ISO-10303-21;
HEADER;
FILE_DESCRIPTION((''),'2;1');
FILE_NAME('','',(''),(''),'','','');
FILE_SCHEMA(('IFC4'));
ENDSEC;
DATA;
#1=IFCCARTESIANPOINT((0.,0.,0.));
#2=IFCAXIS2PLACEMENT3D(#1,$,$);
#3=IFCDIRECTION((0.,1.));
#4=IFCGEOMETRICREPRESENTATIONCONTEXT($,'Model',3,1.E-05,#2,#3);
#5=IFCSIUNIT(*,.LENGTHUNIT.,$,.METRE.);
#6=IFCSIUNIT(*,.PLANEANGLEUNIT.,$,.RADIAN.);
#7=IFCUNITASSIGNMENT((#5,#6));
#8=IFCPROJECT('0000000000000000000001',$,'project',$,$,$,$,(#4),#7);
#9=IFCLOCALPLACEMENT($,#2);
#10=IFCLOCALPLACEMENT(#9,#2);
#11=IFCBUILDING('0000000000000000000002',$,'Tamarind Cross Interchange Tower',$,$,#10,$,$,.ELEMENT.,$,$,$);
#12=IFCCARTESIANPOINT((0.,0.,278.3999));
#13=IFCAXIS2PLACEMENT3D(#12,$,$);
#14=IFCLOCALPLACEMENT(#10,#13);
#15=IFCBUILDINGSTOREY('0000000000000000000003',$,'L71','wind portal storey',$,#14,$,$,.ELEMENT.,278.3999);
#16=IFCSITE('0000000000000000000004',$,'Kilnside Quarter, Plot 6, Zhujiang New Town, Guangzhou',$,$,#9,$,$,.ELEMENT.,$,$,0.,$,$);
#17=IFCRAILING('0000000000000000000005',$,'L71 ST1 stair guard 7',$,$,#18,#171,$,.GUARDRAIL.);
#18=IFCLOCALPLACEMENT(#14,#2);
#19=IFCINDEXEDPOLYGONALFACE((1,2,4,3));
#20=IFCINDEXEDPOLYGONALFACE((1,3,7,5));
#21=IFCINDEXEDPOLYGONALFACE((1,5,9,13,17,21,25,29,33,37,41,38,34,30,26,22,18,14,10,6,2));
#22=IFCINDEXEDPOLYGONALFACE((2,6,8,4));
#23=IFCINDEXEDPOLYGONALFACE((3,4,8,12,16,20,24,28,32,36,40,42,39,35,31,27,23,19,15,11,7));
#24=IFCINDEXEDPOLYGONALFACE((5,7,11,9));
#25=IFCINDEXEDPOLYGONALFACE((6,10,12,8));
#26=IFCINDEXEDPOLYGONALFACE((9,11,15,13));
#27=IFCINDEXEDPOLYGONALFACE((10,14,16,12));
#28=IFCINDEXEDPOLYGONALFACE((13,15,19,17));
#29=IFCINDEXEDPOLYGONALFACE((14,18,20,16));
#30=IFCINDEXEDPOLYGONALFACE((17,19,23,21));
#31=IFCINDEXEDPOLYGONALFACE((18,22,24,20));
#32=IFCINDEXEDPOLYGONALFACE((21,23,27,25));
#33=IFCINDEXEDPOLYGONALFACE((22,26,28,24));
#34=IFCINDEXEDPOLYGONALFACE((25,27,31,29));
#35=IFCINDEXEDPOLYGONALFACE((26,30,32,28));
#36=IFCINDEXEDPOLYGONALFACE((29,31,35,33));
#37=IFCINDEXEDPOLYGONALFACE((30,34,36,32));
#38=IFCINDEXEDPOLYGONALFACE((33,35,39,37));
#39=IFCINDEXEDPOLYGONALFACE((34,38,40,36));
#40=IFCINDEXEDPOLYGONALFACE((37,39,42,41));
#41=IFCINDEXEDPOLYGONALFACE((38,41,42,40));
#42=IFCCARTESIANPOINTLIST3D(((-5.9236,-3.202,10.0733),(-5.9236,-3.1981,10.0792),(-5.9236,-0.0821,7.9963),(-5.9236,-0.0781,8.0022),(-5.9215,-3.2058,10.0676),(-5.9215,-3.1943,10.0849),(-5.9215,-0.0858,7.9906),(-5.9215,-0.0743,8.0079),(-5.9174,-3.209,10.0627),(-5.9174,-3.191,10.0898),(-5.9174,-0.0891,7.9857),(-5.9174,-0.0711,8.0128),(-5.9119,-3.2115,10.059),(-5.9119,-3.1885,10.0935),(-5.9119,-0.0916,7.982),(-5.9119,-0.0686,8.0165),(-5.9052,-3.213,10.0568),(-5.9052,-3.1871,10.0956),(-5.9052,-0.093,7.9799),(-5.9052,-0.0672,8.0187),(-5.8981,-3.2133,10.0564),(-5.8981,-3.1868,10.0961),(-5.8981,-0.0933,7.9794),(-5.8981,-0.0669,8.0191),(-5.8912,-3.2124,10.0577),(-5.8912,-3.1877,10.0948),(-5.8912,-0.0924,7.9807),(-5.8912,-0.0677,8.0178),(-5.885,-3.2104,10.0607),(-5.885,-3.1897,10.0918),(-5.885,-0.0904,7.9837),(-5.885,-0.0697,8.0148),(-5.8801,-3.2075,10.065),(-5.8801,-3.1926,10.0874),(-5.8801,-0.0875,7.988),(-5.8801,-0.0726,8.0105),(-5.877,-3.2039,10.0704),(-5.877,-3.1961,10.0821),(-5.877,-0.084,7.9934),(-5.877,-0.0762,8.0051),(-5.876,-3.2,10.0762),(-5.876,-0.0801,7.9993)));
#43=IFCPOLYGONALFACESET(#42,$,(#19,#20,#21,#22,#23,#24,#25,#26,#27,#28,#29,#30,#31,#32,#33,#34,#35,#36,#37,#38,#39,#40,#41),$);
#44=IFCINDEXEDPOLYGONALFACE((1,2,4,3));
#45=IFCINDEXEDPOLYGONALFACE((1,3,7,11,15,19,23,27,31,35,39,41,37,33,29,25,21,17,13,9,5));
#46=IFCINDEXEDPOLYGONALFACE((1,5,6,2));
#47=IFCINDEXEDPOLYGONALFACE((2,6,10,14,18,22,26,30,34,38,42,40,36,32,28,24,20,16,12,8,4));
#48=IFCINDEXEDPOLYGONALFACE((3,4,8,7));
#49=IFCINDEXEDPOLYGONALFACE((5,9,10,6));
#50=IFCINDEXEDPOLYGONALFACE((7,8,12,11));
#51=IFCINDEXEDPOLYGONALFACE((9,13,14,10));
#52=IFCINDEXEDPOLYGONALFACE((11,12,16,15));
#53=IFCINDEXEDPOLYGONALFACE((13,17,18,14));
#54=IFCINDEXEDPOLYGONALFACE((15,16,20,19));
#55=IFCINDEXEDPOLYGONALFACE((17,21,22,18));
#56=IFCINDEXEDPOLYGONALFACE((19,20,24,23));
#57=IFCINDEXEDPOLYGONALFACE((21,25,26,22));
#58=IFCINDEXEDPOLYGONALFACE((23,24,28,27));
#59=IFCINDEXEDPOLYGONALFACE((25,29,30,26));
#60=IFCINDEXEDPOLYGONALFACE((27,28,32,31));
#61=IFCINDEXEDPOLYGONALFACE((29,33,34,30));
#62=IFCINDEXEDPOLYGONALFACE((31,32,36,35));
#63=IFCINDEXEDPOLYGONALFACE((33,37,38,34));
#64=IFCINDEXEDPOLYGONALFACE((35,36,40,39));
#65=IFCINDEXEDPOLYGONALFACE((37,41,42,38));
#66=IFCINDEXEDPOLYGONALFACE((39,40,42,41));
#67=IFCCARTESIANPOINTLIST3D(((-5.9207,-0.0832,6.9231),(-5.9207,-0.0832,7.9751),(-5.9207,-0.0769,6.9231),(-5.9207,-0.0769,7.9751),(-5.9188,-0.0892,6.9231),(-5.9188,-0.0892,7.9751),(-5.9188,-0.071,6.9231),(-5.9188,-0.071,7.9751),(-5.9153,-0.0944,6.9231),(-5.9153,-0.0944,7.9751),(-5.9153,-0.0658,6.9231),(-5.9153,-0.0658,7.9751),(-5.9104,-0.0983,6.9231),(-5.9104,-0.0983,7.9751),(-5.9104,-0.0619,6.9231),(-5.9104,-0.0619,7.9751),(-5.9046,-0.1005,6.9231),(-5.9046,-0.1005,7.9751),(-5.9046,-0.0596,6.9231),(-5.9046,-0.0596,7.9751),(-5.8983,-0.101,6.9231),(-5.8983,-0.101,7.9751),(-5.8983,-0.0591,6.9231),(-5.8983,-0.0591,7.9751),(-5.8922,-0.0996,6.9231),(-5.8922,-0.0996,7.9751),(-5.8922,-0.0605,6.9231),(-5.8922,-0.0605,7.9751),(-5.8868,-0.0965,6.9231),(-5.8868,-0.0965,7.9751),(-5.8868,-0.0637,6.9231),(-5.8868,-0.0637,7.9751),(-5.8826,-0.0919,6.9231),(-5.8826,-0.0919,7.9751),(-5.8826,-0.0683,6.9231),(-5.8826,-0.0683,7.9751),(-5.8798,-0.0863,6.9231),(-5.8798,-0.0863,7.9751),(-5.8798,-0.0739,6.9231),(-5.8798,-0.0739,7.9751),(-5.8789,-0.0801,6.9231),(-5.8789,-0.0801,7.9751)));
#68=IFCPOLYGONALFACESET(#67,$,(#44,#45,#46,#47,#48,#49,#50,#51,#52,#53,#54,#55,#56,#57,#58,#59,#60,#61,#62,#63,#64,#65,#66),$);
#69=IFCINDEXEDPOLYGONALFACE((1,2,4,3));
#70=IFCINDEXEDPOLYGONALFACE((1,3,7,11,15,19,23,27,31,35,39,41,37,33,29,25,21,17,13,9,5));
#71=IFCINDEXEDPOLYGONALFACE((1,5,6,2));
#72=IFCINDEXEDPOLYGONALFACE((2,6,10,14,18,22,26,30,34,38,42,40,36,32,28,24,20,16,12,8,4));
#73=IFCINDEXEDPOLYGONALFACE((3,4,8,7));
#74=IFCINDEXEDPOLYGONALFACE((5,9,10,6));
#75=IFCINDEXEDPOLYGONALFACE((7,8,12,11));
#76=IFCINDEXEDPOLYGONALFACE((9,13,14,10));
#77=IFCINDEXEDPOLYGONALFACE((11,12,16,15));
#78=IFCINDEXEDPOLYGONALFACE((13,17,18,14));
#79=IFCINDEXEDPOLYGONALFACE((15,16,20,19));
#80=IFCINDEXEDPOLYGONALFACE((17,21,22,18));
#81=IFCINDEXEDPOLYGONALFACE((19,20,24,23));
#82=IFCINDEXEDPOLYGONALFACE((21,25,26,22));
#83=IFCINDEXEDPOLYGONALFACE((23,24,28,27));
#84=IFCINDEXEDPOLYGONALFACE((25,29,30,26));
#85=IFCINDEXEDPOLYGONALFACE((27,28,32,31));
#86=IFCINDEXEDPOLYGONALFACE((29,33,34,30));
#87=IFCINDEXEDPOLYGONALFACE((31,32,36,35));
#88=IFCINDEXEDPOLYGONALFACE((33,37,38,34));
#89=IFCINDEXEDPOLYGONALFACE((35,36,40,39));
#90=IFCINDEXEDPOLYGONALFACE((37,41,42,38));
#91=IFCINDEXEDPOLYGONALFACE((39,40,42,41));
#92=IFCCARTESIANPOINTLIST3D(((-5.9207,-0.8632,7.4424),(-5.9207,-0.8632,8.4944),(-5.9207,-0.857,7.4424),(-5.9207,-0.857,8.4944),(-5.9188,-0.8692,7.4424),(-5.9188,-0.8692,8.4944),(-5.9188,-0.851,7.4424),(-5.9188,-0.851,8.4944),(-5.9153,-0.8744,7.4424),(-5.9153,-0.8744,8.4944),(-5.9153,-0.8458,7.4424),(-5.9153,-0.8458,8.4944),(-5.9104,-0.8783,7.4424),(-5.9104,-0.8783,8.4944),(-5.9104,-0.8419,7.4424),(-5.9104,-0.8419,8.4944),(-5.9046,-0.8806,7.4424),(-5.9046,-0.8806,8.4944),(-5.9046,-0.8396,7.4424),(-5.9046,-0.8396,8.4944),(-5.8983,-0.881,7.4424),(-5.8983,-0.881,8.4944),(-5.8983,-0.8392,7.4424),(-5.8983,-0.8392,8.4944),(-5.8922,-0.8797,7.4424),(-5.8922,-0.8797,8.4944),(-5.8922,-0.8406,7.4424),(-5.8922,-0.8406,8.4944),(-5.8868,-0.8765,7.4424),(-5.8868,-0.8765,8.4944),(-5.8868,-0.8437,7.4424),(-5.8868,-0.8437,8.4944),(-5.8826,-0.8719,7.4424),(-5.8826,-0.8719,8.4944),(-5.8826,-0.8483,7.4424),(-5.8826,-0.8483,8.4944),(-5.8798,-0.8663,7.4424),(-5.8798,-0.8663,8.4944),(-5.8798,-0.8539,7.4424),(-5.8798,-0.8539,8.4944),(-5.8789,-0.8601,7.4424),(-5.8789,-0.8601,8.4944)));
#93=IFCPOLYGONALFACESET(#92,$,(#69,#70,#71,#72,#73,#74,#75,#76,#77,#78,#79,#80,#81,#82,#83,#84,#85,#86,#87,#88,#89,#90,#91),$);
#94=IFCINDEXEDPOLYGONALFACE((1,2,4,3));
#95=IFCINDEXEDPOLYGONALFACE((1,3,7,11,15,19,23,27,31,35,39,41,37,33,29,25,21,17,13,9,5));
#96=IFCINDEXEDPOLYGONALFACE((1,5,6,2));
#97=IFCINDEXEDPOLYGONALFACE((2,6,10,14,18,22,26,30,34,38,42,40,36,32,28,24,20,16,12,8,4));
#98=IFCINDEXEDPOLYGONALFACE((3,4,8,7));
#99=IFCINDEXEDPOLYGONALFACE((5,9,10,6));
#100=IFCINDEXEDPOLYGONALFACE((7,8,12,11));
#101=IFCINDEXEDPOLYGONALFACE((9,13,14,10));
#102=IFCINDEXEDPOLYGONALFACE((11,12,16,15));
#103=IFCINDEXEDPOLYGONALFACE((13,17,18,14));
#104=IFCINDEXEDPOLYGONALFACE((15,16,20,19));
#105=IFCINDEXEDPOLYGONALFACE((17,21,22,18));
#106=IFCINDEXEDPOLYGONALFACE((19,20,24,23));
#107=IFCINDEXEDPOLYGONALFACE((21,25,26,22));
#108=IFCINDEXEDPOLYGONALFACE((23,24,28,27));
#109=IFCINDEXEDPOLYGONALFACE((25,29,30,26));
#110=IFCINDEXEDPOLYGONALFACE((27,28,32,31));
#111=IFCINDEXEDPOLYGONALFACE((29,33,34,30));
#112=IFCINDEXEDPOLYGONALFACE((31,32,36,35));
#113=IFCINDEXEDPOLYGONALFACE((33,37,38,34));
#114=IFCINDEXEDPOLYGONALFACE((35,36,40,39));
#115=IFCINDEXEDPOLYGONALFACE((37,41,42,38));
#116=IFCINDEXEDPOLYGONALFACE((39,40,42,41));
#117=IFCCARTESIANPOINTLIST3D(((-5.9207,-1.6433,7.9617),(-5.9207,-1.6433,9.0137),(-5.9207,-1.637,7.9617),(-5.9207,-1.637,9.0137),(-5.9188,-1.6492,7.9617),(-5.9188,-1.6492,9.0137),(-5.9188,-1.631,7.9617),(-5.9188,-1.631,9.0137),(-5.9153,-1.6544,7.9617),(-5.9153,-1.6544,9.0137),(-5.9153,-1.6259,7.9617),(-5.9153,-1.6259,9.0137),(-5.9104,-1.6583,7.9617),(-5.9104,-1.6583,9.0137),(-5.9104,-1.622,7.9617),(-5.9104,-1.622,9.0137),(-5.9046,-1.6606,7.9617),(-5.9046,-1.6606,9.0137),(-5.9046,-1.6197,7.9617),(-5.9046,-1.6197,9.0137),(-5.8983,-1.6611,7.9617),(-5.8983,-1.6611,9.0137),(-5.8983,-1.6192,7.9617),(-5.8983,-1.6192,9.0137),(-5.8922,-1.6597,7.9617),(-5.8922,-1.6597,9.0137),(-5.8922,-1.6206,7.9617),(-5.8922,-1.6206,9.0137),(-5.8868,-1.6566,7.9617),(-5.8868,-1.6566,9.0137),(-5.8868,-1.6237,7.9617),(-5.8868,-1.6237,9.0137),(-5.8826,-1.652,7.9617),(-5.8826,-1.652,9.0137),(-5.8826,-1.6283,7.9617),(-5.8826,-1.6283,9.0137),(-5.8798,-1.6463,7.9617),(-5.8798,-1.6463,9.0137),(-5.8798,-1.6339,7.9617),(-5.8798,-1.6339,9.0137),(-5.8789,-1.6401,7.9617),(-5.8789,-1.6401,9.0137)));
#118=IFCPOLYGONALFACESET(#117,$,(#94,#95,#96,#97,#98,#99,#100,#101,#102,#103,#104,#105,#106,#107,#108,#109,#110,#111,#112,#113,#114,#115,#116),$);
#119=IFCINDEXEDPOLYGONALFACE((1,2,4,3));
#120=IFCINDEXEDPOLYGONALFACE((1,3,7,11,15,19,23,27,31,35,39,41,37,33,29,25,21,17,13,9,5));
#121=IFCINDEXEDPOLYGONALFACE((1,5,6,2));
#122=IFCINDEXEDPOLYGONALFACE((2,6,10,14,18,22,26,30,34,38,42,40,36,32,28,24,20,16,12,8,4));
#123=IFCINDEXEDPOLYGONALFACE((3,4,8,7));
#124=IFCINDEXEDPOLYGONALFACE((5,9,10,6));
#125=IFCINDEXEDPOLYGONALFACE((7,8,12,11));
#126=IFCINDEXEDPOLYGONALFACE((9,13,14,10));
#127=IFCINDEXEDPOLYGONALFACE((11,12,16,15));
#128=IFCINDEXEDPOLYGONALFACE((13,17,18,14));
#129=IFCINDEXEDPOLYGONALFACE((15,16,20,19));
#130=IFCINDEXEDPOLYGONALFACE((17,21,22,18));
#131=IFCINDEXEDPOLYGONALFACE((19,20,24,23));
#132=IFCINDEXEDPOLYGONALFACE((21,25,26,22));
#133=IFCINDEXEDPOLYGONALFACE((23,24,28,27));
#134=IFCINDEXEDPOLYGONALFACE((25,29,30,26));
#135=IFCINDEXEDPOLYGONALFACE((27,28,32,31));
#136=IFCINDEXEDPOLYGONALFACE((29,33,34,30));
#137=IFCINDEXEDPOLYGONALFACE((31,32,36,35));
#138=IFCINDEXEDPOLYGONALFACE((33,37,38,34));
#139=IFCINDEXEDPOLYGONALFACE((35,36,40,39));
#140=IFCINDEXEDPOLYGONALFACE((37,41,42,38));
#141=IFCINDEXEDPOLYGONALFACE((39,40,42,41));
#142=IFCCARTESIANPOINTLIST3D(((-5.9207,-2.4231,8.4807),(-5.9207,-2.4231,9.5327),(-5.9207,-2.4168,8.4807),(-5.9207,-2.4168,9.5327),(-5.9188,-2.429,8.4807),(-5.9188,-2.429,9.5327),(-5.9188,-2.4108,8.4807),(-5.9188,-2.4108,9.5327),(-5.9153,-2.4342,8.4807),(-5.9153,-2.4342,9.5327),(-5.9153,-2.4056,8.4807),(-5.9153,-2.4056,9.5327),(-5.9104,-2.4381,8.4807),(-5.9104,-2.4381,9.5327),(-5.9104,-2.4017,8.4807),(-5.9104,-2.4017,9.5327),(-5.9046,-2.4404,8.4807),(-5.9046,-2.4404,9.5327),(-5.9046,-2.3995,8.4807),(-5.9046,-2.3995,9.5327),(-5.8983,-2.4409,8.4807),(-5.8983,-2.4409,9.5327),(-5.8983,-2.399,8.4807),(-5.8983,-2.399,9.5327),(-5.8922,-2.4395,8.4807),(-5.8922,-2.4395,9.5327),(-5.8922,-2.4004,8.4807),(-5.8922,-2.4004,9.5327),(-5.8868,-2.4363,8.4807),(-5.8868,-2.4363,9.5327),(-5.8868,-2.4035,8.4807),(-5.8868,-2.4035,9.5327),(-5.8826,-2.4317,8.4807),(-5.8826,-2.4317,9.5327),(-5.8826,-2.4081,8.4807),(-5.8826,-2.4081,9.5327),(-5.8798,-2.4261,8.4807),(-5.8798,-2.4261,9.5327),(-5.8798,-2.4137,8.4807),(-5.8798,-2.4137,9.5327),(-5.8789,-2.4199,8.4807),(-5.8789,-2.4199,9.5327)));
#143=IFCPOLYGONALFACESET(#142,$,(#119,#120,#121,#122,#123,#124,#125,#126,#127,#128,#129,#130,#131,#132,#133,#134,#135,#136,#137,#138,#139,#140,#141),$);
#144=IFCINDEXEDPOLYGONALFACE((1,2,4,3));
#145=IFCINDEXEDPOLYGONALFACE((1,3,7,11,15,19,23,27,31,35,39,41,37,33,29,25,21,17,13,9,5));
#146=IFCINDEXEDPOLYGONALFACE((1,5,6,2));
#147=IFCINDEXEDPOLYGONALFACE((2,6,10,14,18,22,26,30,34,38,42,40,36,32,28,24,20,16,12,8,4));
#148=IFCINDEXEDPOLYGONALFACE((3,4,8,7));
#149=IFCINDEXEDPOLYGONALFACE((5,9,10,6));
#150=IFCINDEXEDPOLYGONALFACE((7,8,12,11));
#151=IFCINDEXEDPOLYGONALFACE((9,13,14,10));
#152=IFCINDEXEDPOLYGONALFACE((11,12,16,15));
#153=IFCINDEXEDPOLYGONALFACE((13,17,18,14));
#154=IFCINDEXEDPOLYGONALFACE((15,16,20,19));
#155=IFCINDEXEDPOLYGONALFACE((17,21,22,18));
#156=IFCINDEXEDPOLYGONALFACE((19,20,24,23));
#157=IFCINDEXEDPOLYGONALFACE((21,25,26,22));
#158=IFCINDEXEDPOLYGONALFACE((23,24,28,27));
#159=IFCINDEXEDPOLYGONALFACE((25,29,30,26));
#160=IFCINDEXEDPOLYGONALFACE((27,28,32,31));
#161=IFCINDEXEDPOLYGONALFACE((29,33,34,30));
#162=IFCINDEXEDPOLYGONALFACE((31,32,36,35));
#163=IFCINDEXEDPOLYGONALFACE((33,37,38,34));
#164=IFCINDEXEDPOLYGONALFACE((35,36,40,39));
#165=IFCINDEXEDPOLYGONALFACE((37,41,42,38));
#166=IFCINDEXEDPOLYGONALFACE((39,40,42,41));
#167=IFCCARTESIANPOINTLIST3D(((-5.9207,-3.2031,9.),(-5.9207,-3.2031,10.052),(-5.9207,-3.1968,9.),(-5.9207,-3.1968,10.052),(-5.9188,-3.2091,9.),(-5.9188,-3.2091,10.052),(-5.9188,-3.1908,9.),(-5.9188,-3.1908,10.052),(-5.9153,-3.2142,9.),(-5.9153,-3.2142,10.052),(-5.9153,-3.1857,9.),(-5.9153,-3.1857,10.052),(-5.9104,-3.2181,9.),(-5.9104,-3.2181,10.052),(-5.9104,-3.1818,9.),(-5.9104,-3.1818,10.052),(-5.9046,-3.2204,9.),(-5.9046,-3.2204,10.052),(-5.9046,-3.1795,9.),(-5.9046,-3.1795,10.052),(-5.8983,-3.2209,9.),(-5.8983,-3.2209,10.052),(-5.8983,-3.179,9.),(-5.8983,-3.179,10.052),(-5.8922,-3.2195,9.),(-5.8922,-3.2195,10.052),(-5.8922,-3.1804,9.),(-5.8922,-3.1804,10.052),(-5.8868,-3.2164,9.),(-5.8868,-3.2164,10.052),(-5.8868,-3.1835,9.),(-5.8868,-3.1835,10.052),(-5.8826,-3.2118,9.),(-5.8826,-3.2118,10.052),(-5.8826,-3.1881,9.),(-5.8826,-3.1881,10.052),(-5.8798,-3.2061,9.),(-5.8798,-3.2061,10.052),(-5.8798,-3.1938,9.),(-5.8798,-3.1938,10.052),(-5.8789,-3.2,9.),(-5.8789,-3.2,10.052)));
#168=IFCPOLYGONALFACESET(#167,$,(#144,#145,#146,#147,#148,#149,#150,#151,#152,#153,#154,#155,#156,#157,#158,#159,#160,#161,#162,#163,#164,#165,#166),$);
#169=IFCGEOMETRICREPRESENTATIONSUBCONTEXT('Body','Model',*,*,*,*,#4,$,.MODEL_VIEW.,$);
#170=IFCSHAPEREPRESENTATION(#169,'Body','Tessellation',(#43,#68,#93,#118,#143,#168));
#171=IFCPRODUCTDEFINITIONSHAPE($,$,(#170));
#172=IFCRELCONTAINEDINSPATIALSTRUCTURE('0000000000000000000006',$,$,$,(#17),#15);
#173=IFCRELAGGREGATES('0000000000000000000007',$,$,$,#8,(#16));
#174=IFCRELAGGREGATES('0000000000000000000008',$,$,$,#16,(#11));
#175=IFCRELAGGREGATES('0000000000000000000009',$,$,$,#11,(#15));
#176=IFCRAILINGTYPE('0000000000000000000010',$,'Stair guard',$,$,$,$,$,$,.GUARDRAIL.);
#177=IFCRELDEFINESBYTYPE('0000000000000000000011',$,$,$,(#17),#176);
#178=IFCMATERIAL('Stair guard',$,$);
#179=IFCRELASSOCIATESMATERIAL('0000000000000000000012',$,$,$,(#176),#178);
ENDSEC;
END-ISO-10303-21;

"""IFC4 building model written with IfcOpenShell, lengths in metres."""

from ifc_helpers import new_model, si_unit, direction, frame, origin, origin_2d, place, context, subcontext, project, spatial, circle, extrude, material, type_object, element, save


model = new_model("IFC4")

# Units and contexts
model_context = context("Model", 3, precision=1e-05, world=origin(), true_north=direction((0.0, 1.0)))
body_context = subcontext(model_context, "Body", "Model", "MODEL_VIEW")
ifc_project = project(units=[si_unit("LENGTHUNIT", "METRE"), si_unit("PLANEANGLEUNIT", "RADIAN")], contexts=[model_context])

# Site, building, storey
site_placement = place(None, origin())
site = spatial("IfcSite", under=ifc_project, at=site_placement, Name="Kilnside Quarter, Plot 6, Zhujiang New Town, Guangzhou", CompositionType="ELEMENT", RefElevation=0.0)
building_placement = place(site_placement, origin())
building = spatial("IfcBuilding", under=site, at=building_placement, Name="Tamarind Cross Interchange Tower", CompositionType="ELEMENT")
storey_placement = place(building_placement, frame((0.0, 0.0, 278.3999)))
storey = spatial("IfcBuildingStorey", under=building, at=storey_placement, Name="L71", Description="wind portal storey", CompositionType="ELEMENT", Elevation=278.3999)

# Railing
ifc_material_1 = material(Name="Stair guard")
railing_type_1 = type_object("IfcRailingType", Name="Stair guard", PredefinedType="GUARDRAIL", material=ifc_material_1)
railing_1_placement = place(storey_placement, frame((-5.8999, -0.0801, 6.9231)))
element("IfcRailing", 1, at=railing_1_placement, inside=storey, type_object=railing_type_1, Name="L71 ST1 stair guard 7", PredefinedType="GUARDRAIL", context=body_context, shape_type="SweptSolid", body=[
    extrude(circle(Radius=0.0239, at=origin_2d()), frame((0.0, 0.0, 1.0762), z_axis=(0.0, -0.832421, 0.554144), x_axis=(1.0, 0.0, 0.0)), (0.0, 0.0, 1.0), 3.748),
    extrude(circle(Radius=0.021, at=origin_2d()), origin(), (0.0, 0.0, 1.0), 1.052),
    extrude(circle(Radius=0.021, at=origin_2d()), frame((0.0, -0.78, 0.5193)), (0.0, 0.0, 1.0), 1.052),
    extrude(circle(Radius=0.021, at=origin_2d()), frame((0.0, -1.5601, 1.0386)), (0.0, 0.0, 1.0), 1.052),
    extrude(circle(Radius=0.021, at=origin_2d()), frame((0.0, -2.3398, 1.5576)), (0.0, 0.0, 1.0), 1.052),
    extrude(circle(Radius=0.021, at=origin_2d()), frame((0.0, -3.1199, 2.0769)), (0.0, 0.0, 1.0), 1.052),
])

save(model, "model.ifc")
